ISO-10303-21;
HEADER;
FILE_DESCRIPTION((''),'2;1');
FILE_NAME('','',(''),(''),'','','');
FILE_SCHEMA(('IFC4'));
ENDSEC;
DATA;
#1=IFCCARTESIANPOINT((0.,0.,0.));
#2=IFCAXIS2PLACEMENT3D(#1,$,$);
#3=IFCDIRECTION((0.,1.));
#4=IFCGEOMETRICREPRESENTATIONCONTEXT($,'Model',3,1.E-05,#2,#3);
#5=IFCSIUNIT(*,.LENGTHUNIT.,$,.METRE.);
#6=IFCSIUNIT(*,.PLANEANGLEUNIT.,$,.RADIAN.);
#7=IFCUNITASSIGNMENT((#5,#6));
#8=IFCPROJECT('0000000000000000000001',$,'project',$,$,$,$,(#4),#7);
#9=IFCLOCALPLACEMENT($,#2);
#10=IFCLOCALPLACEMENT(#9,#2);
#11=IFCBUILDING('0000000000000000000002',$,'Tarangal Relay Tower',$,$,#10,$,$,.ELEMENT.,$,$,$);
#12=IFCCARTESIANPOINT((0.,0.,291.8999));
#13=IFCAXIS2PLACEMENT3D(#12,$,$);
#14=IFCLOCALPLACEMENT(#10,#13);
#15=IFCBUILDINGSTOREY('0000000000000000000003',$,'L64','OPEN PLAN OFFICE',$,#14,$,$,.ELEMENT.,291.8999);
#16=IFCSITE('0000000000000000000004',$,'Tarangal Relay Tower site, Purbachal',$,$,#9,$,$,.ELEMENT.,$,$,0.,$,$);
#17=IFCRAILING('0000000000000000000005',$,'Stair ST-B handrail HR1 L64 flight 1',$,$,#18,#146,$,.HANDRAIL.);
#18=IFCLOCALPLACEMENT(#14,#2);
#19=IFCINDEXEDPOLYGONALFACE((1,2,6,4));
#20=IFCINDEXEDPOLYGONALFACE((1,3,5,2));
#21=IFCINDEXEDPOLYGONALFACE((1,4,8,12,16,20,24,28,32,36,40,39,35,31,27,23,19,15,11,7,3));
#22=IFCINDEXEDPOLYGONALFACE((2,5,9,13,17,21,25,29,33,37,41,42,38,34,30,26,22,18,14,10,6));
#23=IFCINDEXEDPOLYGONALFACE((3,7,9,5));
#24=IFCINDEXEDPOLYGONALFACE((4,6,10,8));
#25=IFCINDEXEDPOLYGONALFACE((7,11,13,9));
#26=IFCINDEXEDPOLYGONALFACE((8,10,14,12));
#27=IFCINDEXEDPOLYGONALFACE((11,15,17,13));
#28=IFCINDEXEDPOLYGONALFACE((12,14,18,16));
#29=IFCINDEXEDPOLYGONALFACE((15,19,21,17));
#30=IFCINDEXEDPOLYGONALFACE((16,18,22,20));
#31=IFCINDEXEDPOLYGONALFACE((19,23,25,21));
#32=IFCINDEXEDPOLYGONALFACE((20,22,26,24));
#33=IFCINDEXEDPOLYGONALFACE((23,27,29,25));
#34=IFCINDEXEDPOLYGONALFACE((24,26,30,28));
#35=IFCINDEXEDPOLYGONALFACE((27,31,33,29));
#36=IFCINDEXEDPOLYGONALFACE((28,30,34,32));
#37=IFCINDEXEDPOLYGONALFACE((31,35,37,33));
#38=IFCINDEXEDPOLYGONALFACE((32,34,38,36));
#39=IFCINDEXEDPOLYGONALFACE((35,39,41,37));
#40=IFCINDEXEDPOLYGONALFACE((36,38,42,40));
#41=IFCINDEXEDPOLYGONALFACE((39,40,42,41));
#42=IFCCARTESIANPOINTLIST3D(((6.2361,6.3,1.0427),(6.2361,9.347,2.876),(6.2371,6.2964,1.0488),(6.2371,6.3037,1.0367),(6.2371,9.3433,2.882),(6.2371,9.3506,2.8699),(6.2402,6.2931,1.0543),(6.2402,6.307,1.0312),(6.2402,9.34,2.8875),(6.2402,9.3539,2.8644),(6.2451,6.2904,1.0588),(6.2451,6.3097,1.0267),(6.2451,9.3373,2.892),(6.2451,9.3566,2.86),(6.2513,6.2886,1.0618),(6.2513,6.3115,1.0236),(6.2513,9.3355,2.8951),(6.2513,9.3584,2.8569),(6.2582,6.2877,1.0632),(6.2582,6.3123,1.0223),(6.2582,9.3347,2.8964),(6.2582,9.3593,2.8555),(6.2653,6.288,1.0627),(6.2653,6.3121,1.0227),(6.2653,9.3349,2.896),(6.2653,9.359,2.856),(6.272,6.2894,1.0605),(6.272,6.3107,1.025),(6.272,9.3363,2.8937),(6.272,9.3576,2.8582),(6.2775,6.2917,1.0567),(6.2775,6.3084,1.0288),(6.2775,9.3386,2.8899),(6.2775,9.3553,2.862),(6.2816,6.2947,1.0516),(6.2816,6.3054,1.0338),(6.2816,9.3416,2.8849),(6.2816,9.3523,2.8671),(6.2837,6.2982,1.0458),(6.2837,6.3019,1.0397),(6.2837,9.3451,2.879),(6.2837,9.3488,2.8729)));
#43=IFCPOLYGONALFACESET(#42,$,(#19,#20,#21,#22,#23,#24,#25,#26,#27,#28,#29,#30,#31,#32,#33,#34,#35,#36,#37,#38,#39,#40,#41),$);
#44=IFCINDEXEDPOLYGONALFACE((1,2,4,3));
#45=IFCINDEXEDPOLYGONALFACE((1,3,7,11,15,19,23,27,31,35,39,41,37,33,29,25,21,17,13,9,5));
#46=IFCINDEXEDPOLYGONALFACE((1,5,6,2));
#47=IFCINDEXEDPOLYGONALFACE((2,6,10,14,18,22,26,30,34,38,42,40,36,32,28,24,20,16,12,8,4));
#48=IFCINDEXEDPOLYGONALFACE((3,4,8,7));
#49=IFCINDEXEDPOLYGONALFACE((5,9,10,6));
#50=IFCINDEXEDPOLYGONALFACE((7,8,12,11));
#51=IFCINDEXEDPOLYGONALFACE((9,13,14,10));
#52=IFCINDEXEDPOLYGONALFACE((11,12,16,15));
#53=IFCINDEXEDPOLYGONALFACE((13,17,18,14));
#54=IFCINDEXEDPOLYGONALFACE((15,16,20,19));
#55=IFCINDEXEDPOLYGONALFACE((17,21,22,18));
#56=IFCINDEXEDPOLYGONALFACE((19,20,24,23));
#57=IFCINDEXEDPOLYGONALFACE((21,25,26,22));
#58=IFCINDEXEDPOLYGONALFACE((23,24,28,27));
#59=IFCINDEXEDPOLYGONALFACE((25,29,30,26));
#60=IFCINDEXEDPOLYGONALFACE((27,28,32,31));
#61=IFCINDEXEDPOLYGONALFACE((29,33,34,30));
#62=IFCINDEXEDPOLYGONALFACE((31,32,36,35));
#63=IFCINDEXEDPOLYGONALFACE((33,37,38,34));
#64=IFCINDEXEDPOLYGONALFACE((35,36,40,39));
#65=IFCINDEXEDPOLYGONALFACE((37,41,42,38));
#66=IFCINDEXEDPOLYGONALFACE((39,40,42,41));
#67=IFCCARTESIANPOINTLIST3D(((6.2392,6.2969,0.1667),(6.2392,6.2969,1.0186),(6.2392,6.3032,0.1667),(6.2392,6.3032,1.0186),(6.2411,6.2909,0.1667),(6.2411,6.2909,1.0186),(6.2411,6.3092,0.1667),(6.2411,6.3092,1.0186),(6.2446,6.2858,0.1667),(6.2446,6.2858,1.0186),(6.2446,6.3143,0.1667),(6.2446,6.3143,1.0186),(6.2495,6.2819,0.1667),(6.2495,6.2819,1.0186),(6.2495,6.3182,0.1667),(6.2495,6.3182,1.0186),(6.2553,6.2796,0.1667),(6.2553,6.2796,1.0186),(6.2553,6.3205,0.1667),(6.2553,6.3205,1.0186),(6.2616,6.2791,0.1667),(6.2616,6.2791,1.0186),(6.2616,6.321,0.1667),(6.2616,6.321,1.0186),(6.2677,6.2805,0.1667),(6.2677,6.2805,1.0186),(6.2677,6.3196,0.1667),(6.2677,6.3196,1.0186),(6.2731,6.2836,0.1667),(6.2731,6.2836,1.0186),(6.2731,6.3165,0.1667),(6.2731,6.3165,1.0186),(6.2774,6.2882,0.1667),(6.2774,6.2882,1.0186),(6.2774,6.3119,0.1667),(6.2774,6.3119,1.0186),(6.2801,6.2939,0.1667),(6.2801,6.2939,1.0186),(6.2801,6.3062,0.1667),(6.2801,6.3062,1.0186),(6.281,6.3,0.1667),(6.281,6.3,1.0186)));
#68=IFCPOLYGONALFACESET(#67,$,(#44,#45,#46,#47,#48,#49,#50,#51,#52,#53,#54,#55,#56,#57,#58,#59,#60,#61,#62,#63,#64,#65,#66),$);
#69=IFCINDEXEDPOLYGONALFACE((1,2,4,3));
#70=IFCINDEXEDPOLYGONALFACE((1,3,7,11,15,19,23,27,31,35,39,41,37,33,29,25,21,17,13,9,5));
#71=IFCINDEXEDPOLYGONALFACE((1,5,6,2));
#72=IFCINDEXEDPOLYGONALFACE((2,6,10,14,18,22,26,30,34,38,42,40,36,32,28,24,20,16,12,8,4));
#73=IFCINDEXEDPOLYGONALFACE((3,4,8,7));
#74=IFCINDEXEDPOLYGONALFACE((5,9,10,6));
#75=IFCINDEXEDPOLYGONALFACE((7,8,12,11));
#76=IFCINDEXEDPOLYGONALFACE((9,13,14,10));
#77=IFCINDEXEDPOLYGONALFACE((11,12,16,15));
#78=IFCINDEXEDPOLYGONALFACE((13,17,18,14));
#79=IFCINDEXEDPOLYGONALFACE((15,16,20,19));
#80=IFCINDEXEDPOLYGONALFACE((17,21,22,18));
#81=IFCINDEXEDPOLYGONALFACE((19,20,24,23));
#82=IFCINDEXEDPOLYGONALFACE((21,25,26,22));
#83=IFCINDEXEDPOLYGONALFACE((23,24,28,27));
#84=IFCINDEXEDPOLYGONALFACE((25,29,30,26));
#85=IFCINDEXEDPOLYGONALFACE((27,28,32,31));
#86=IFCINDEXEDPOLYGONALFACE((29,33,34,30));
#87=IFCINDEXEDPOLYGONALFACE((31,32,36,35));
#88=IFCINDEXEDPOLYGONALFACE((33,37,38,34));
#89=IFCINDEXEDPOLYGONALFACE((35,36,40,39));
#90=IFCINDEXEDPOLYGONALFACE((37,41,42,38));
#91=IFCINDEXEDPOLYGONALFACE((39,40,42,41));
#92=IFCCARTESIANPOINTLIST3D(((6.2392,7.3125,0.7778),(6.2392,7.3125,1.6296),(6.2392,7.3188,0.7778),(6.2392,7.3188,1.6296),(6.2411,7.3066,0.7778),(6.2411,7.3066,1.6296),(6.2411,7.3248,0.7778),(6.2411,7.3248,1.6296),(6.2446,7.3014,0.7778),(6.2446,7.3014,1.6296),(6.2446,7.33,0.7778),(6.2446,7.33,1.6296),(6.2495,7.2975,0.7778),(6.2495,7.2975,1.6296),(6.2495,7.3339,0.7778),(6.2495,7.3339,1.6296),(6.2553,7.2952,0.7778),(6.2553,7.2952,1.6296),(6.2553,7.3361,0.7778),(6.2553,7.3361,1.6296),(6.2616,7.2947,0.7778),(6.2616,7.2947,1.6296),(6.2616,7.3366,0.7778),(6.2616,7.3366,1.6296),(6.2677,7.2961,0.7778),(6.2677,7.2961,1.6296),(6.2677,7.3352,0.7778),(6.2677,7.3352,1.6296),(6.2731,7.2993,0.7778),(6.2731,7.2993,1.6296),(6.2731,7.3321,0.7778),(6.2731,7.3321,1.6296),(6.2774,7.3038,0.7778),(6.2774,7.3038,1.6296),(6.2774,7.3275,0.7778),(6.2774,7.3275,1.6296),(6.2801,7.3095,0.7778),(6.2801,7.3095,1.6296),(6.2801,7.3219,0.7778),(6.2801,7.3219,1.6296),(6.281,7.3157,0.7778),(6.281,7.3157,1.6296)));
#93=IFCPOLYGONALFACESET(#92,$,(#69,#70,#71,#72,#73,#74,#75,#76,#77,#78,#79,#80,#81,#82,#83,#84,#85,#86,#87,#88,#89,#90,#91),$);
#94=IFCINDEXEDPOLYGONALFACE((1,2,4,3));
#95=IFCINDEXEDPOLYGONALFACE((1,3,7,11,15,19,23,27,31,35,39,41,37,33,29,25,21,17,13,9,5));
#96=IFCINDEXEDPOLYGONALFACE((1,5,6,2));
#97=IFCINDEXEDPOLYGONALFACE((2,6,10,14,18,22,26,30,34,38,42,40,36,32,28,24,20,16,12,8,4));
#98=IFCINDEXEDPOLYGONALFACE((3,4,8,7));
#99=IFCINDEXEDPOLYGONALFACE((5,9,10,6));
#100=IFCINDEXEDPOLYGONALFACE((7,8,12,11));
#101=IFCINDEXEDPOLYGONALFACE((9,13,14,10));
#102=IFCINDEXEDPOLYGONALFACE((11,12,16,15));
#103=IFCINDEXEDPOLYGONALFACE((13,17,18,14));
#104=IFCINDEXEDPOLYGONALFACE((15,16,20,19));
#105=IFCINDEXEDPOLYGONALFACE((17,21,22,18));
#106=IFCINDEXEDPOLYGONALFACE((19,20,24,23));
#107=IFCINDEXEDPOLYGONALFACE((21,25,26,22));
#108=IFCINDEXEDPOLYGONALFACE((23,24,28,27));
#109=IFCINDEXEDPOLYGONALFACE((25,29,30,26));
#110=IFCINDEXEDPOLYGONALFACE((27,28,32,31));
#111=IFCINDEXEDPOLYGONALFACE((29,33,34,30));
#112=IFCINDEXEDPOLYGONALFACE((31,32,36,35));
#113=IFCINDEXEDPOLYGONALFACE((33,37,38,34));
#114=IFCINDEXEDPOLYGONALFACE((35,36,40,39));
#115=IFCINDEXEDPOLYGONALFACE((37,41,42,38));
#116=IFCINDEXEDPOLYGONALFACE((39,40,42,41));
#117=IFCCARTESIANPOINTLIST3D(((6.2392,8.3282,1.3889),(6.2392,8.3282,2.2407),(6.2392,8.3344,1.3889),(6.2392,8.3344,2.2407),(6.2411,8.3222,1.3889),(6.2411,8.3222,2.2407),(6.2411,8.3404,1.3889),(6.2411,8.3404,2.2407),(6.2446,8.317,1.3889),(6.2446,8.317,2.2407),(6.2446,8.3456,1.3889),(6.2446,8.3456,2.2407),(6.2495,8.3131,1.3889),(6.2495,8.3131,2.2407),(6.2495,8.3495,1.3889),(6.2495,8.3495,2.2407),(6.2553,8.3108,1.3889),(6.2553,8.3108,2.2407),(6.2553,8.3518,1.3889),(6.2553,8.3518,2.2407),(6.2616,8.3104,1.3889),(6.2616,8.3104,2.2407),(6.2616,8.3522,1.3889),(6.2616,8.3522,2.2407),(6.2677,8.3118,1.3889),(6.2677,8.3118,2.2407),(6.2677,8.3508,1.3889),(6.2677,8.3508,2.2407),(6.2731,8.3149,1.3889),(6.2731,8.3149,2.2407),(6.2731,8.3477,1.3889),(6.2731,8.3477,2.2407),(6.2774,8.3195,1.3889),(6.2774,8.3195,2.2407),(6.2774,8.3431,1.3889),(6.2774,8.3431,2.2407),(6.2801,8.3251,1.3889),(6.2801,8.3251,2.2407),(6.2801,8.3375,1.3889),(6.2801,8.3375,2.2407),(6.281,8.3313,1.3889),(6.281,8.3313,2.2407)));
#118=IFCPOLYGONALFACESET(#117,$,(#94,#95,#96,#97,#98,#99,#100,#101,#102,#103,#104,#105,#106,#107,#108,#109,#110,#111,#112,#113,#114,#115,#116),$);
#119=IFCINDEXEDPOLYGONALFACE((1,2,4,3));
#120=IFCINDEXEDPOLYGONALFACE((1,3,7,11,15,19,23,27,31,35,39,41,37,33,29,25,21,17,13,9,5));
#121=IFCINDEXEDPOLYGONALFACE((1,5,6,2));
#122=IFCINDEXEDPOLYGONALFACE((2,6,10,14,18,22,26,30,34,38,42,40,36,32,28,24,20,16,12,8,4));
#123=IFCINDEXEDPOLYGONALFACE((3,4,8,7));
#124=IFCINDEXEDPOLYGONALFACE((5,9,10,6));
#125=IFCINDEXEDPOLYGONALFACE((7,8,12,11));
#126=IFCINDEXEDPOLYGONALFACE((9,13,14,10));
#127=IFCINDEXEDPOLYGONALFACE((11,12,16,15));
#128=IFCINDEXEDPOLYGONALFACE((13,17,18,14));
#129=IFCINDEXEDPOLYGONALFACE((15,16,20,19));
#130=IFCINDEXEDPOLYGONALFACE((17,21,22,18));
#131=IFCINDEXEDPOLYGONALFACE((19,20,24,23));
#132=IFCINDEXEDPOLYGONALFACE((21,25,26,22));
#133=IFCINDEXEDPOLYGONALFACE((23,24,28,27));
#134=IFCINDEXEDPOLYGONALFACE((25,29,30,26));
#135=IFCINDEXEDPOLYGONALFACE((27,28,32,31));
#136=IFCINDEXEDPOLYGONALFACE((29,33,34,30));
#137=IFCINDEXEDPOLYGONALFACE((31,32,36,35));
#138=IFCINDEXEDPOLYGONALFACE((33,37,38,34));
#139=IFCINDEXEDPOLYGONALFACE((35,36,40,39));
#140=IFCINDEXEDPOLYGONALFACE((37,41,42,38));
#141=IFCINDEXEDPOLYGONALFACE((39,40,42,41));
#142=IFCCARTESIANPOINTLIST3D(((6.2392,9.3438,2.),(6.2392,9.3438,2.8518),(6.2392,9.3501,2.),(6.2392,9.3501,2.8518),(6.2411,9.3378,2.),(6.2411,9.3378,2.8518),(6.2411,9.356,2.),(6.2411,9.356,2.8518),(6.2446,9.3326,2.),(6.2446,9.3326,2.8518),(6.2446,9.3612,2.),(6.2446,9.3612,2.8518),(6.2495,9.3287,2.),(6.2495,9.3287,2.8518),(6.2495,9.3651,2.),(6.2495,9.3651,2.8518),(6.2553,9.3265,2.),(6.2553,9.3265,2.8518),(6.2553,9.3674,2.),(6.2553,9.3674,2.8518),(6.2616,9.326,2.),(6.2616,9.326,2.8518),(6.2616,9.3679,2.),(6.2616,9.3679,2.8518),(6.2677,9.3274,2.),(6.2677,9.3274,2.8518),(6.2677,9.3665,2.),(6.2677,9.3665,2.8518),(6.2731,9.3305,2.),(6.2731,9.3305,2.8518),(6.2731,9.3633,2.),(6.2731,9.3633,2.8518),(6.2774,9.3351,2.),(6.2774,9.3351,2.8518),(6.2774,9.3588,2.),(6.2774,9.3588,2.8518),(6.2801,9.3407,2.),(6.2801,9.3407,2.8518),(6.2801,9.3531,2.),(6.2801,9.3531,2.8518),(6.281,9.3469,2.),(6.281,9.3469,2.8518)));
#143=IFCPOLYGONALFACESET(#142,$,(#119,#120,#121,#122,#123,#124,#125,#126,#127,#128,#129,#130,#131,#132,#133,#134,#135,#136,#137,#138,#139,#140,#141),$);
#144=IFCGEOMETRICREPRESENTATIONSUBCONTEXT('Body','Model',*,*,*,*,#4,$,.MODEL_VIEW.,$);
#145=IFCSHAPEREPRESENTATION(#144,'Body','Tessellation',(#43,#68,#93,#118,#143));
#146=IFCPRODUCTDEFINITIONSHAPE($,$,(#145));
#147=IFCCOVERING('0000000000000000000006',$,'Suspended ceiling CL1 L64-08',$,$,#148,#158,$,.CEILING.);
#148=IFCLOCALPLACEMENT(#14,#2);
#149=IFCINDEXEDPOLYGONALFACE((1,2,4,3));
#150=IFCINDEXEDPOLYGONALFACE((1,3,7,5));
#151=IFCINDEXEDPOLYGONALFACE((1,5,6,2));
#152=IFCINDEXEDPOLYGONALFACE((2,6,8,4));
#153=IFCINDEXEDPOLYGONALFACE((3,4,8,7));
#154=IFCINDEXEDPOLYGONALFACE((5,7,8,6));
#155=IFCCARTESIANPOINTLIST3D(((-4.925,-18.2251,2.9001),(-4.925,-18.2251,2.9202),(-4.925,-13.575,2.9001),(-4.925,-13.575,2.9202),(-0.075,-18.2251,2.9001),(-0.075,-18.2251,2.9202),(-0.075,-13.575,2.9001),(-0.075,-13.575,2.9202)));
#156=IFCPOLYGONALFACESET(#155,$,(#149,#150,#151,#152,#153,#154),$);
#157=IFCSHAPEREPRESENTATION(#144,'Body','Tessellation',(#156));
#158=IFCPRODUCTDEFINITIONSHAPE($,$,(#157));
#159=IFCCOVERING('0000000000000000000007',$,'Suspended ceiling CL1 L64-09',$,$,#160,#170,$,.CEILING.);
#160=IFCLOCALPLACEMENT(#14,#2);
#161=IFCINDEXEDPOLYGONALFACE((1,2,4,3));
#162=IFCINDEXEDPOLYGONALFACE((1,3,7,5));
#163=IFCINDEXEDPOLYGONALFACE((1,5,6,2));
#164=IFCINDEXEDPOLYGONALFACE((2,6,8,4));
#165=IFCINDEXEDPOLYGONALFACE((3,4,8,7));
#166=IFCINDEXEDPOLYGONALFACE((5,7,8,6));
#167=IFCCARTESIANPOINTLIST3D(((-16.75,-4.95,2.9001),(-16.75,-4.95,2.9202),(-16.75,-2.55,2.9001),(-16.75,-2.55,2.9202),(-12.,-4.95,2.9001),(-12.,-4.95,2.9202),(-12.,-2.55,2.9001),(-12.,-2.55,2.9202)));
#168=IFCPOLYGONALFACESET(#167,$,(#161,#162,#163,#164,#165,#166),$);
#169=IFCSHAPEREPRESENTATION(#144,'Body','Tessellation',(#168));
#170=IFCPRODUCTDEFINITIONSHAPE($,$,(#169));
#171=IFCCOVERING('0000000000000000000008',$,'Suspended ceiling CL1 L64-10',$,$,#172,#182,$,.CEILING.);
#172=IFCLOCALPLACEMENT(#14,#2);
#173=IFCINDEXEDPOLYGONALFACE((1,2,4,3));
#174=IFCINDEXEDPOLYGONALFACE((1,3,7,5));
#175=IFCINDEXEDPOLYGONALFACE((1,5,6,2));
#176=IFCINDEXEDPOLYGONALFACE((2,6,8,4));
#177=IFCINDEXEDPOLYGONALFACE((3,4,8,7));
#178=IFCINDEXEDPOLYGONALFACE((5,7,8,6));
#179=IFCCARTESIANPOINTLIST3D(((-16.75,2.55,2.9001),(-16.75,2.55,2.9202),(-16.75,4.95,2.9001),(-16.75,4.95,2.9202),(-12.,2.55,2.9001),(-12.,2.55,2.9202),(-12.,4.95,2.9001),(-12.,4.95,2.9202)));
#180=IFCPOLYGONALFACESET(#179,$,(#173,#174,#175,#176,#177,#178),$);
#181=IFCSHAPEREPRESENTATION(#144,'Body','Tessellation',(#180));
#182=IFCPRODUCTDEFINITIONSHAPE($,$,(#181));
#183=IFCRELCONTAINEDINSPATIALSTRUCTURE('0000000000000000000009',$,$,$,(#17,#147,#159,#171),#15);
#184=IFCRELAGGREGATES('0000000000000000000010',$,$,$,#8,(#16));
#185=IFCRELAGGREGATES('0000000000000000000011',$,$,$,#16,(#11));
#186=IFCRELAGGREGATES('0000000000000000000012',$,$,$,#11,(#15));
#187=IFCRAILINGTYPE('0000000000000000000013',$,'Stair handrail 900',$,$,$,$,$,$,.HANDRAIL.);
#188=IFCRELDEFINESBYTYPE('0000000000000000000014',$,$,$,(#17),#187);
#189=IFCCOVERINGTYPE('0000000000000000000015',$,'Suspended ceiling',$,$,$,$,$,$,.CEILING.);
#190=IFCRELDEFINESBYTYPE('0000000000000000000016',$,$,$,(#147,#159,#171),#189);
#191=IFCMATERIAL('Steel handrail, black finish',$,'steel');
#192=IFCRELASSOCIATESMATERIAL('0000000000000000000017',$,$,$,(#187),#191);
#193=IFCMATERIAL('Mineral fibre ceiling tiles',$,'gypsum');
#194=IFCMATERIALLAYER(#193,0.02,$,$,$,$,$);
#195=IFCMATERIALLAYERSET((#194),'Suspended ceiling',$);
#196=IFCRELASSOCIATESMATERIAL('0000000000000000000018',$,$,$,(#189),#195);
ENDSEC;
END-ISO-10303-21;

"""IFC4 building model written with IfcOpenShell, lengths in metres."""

from ifc_helpers import new_model, si_unit, direction, frame, origin, origin_2d, place, context, subcontext, project, spatial, polyline, circle, outline, extrude, material, layer, layer_set, type_object, element, save


model = new_model("IFC4")

# Units and contexts
model_context = context("Model", 3, precision=1e-05, world=origin(), true_north=direction((0.0, 1.0)))
body_context = subcontext(model_context, "Body", "Model", "MODEL_VIEW")
ifc_project = project(units=[si_unit("LENGTHUNIT", "METRE"), si_unit("PLANEANGLEUNIT", "RADIAN")], contexts=[model_context])

# Site, building, storey
site_placement = place(None, origin())
site = spatial("IfcSite", under=ifc_project, at=site_placement, Name="Tarangal Relay Tower site, Purbachal", CompositionType="ELEMENT", RefElevation=0.0)
building_placement = place(site_placement, origin())
building = spatial("IfcBuilding", under=site, at=building_placement, Name="Tarangal Relay Tower", CompositionType="ELEMENT")
storey_placement = place(building_placement, frame((0.0, 0.0, 291.8999)))
storey = spatial("IfcBuildingStorey", under=building, at=storey_placement, Name="L64", Description="OPEN PLAN OFFICE", CompositionType="ELEMENT", Elevation=291.8999)

# Railing
ifc_material_1 = material(Name="Steel handrail, black finish", Category="steel")
railing_type_1 = type_object("IfcRailingType", Name="Stair handrail 900", PredefinedType="HANDRAIL", material=ifc_material_1)
railing_1_placement = place(storey_placement, frame((6.26, 6.3, 0.1667)))
element("IfcRailing", 1, at=railing_1_placement, inside=storey, type_object=railing_type_1, Name="Stair ST-B handrail HR1 L64 flight 1", PredefinedType="HANDRAIL", context=body_context, shape_type="SweptSolid", body=[
    extrude(circle(Radius=0.0239, at=origin_2d()), frame((0.0, 0.0, 0.876), z_axis=(0.0, 0.856856, 0.515556), x_axis=(-1.0, 0.0, 0.0)), (0.0, 0.0, 1.0), 3.5559),
    extrude(circle(Radius=0.021, at=origin_2d()), origin(), (0.0, 0.0, 1.0), 0.8518),
    extrude(circle(Radius=0.021, at=origin_2d()), frame((0.0, 1.0156, 0.6111)), (0.0, 0.0, 1.0), 0.8518),
    extrude(circle(Radius=0.021, at=origin_2d()), frame((0.0, 2.0312, 1.2222)), (0.0, 0.0, 1.0), 0.8518),
    extrude(circle(Radius=0.021, at=origin_2d()), frame((0.0, 3.0469, 1.8333)), (0.0, 0.0, 1.0), 0.8518),
])

# Coverings
ifc_material_2 = material(Name="Mineral fibre ceiling tiles", Category="gypsum")
ifc_layer_1 = layer(ifc_material_2, 0.02)
ifc_layer_set_1 = layer_set([ifc_layer_1], Name="Suspended ceiling")
covering_type = type_object("IfcCoveringType", Name="Suspended ceiling", PredefinedType="CEILING", material=ifc_layer_set_1)
covering_1_placement = place(storey_placement, frame((0.0, 0.0, 2.9001)))
element("IfcCovering", 2, at=covering_1_placement, inside=storey, type_object=covering_type, Name="Suspended ceiling CL1 L64-08", PredefinedType="CEILING", context=body_context, shape_type="SweptSolid", body=[
    extrude(outline(polyline([(-0.075, -13.575), (-4.925, -13.575), (-4.925, -18.2251), (-0.075, -18.2251), (-0.075, -13.575)])), origin(), (0.0, 0.0, 1.0), 0.02),
])
covering_2_placement = place(storey_placement, frame((0.0, 0.0, 2.9001)))
element("IfcCovering", 3, at=covering_2_placement, inside=storey, type_object=covering_type, Name="Suspended ceiling CL1 L64-09", PredefinedType="CEILING", context=body_context, shape_type="SweptSolid", body=[
    extrude(outline(polyline([(-12.0, -2.55), (-16.75, -2.55), (-16.75, -4.95), (-12.0, -4.95), (-12.0, -2.55)])), origin(), (0.0, 0.0, 1.0), 0.02),
])
covering_3_placement = place(storey_placement, frame((0.0, 0.0, 2.9001)))
element("IfcCovering", 4, at=covering_3_placement, inside=storey, type_object=covering_type, Name="Suspended ceiling CL1 L64-10", PredefinedType="CEILING", context=body_context, shape_type="SweptSolid", body=[
    extrude(outline(polyline([(-12.0, 4.95), (-16.75, 4.95), (-16.75, 2.55), (-12.0, 2.55), (-12.0, 4.95)])), origin(), (0.0, 0.0, 1.0), 0.02),
])

save(model, "model.ifc")
